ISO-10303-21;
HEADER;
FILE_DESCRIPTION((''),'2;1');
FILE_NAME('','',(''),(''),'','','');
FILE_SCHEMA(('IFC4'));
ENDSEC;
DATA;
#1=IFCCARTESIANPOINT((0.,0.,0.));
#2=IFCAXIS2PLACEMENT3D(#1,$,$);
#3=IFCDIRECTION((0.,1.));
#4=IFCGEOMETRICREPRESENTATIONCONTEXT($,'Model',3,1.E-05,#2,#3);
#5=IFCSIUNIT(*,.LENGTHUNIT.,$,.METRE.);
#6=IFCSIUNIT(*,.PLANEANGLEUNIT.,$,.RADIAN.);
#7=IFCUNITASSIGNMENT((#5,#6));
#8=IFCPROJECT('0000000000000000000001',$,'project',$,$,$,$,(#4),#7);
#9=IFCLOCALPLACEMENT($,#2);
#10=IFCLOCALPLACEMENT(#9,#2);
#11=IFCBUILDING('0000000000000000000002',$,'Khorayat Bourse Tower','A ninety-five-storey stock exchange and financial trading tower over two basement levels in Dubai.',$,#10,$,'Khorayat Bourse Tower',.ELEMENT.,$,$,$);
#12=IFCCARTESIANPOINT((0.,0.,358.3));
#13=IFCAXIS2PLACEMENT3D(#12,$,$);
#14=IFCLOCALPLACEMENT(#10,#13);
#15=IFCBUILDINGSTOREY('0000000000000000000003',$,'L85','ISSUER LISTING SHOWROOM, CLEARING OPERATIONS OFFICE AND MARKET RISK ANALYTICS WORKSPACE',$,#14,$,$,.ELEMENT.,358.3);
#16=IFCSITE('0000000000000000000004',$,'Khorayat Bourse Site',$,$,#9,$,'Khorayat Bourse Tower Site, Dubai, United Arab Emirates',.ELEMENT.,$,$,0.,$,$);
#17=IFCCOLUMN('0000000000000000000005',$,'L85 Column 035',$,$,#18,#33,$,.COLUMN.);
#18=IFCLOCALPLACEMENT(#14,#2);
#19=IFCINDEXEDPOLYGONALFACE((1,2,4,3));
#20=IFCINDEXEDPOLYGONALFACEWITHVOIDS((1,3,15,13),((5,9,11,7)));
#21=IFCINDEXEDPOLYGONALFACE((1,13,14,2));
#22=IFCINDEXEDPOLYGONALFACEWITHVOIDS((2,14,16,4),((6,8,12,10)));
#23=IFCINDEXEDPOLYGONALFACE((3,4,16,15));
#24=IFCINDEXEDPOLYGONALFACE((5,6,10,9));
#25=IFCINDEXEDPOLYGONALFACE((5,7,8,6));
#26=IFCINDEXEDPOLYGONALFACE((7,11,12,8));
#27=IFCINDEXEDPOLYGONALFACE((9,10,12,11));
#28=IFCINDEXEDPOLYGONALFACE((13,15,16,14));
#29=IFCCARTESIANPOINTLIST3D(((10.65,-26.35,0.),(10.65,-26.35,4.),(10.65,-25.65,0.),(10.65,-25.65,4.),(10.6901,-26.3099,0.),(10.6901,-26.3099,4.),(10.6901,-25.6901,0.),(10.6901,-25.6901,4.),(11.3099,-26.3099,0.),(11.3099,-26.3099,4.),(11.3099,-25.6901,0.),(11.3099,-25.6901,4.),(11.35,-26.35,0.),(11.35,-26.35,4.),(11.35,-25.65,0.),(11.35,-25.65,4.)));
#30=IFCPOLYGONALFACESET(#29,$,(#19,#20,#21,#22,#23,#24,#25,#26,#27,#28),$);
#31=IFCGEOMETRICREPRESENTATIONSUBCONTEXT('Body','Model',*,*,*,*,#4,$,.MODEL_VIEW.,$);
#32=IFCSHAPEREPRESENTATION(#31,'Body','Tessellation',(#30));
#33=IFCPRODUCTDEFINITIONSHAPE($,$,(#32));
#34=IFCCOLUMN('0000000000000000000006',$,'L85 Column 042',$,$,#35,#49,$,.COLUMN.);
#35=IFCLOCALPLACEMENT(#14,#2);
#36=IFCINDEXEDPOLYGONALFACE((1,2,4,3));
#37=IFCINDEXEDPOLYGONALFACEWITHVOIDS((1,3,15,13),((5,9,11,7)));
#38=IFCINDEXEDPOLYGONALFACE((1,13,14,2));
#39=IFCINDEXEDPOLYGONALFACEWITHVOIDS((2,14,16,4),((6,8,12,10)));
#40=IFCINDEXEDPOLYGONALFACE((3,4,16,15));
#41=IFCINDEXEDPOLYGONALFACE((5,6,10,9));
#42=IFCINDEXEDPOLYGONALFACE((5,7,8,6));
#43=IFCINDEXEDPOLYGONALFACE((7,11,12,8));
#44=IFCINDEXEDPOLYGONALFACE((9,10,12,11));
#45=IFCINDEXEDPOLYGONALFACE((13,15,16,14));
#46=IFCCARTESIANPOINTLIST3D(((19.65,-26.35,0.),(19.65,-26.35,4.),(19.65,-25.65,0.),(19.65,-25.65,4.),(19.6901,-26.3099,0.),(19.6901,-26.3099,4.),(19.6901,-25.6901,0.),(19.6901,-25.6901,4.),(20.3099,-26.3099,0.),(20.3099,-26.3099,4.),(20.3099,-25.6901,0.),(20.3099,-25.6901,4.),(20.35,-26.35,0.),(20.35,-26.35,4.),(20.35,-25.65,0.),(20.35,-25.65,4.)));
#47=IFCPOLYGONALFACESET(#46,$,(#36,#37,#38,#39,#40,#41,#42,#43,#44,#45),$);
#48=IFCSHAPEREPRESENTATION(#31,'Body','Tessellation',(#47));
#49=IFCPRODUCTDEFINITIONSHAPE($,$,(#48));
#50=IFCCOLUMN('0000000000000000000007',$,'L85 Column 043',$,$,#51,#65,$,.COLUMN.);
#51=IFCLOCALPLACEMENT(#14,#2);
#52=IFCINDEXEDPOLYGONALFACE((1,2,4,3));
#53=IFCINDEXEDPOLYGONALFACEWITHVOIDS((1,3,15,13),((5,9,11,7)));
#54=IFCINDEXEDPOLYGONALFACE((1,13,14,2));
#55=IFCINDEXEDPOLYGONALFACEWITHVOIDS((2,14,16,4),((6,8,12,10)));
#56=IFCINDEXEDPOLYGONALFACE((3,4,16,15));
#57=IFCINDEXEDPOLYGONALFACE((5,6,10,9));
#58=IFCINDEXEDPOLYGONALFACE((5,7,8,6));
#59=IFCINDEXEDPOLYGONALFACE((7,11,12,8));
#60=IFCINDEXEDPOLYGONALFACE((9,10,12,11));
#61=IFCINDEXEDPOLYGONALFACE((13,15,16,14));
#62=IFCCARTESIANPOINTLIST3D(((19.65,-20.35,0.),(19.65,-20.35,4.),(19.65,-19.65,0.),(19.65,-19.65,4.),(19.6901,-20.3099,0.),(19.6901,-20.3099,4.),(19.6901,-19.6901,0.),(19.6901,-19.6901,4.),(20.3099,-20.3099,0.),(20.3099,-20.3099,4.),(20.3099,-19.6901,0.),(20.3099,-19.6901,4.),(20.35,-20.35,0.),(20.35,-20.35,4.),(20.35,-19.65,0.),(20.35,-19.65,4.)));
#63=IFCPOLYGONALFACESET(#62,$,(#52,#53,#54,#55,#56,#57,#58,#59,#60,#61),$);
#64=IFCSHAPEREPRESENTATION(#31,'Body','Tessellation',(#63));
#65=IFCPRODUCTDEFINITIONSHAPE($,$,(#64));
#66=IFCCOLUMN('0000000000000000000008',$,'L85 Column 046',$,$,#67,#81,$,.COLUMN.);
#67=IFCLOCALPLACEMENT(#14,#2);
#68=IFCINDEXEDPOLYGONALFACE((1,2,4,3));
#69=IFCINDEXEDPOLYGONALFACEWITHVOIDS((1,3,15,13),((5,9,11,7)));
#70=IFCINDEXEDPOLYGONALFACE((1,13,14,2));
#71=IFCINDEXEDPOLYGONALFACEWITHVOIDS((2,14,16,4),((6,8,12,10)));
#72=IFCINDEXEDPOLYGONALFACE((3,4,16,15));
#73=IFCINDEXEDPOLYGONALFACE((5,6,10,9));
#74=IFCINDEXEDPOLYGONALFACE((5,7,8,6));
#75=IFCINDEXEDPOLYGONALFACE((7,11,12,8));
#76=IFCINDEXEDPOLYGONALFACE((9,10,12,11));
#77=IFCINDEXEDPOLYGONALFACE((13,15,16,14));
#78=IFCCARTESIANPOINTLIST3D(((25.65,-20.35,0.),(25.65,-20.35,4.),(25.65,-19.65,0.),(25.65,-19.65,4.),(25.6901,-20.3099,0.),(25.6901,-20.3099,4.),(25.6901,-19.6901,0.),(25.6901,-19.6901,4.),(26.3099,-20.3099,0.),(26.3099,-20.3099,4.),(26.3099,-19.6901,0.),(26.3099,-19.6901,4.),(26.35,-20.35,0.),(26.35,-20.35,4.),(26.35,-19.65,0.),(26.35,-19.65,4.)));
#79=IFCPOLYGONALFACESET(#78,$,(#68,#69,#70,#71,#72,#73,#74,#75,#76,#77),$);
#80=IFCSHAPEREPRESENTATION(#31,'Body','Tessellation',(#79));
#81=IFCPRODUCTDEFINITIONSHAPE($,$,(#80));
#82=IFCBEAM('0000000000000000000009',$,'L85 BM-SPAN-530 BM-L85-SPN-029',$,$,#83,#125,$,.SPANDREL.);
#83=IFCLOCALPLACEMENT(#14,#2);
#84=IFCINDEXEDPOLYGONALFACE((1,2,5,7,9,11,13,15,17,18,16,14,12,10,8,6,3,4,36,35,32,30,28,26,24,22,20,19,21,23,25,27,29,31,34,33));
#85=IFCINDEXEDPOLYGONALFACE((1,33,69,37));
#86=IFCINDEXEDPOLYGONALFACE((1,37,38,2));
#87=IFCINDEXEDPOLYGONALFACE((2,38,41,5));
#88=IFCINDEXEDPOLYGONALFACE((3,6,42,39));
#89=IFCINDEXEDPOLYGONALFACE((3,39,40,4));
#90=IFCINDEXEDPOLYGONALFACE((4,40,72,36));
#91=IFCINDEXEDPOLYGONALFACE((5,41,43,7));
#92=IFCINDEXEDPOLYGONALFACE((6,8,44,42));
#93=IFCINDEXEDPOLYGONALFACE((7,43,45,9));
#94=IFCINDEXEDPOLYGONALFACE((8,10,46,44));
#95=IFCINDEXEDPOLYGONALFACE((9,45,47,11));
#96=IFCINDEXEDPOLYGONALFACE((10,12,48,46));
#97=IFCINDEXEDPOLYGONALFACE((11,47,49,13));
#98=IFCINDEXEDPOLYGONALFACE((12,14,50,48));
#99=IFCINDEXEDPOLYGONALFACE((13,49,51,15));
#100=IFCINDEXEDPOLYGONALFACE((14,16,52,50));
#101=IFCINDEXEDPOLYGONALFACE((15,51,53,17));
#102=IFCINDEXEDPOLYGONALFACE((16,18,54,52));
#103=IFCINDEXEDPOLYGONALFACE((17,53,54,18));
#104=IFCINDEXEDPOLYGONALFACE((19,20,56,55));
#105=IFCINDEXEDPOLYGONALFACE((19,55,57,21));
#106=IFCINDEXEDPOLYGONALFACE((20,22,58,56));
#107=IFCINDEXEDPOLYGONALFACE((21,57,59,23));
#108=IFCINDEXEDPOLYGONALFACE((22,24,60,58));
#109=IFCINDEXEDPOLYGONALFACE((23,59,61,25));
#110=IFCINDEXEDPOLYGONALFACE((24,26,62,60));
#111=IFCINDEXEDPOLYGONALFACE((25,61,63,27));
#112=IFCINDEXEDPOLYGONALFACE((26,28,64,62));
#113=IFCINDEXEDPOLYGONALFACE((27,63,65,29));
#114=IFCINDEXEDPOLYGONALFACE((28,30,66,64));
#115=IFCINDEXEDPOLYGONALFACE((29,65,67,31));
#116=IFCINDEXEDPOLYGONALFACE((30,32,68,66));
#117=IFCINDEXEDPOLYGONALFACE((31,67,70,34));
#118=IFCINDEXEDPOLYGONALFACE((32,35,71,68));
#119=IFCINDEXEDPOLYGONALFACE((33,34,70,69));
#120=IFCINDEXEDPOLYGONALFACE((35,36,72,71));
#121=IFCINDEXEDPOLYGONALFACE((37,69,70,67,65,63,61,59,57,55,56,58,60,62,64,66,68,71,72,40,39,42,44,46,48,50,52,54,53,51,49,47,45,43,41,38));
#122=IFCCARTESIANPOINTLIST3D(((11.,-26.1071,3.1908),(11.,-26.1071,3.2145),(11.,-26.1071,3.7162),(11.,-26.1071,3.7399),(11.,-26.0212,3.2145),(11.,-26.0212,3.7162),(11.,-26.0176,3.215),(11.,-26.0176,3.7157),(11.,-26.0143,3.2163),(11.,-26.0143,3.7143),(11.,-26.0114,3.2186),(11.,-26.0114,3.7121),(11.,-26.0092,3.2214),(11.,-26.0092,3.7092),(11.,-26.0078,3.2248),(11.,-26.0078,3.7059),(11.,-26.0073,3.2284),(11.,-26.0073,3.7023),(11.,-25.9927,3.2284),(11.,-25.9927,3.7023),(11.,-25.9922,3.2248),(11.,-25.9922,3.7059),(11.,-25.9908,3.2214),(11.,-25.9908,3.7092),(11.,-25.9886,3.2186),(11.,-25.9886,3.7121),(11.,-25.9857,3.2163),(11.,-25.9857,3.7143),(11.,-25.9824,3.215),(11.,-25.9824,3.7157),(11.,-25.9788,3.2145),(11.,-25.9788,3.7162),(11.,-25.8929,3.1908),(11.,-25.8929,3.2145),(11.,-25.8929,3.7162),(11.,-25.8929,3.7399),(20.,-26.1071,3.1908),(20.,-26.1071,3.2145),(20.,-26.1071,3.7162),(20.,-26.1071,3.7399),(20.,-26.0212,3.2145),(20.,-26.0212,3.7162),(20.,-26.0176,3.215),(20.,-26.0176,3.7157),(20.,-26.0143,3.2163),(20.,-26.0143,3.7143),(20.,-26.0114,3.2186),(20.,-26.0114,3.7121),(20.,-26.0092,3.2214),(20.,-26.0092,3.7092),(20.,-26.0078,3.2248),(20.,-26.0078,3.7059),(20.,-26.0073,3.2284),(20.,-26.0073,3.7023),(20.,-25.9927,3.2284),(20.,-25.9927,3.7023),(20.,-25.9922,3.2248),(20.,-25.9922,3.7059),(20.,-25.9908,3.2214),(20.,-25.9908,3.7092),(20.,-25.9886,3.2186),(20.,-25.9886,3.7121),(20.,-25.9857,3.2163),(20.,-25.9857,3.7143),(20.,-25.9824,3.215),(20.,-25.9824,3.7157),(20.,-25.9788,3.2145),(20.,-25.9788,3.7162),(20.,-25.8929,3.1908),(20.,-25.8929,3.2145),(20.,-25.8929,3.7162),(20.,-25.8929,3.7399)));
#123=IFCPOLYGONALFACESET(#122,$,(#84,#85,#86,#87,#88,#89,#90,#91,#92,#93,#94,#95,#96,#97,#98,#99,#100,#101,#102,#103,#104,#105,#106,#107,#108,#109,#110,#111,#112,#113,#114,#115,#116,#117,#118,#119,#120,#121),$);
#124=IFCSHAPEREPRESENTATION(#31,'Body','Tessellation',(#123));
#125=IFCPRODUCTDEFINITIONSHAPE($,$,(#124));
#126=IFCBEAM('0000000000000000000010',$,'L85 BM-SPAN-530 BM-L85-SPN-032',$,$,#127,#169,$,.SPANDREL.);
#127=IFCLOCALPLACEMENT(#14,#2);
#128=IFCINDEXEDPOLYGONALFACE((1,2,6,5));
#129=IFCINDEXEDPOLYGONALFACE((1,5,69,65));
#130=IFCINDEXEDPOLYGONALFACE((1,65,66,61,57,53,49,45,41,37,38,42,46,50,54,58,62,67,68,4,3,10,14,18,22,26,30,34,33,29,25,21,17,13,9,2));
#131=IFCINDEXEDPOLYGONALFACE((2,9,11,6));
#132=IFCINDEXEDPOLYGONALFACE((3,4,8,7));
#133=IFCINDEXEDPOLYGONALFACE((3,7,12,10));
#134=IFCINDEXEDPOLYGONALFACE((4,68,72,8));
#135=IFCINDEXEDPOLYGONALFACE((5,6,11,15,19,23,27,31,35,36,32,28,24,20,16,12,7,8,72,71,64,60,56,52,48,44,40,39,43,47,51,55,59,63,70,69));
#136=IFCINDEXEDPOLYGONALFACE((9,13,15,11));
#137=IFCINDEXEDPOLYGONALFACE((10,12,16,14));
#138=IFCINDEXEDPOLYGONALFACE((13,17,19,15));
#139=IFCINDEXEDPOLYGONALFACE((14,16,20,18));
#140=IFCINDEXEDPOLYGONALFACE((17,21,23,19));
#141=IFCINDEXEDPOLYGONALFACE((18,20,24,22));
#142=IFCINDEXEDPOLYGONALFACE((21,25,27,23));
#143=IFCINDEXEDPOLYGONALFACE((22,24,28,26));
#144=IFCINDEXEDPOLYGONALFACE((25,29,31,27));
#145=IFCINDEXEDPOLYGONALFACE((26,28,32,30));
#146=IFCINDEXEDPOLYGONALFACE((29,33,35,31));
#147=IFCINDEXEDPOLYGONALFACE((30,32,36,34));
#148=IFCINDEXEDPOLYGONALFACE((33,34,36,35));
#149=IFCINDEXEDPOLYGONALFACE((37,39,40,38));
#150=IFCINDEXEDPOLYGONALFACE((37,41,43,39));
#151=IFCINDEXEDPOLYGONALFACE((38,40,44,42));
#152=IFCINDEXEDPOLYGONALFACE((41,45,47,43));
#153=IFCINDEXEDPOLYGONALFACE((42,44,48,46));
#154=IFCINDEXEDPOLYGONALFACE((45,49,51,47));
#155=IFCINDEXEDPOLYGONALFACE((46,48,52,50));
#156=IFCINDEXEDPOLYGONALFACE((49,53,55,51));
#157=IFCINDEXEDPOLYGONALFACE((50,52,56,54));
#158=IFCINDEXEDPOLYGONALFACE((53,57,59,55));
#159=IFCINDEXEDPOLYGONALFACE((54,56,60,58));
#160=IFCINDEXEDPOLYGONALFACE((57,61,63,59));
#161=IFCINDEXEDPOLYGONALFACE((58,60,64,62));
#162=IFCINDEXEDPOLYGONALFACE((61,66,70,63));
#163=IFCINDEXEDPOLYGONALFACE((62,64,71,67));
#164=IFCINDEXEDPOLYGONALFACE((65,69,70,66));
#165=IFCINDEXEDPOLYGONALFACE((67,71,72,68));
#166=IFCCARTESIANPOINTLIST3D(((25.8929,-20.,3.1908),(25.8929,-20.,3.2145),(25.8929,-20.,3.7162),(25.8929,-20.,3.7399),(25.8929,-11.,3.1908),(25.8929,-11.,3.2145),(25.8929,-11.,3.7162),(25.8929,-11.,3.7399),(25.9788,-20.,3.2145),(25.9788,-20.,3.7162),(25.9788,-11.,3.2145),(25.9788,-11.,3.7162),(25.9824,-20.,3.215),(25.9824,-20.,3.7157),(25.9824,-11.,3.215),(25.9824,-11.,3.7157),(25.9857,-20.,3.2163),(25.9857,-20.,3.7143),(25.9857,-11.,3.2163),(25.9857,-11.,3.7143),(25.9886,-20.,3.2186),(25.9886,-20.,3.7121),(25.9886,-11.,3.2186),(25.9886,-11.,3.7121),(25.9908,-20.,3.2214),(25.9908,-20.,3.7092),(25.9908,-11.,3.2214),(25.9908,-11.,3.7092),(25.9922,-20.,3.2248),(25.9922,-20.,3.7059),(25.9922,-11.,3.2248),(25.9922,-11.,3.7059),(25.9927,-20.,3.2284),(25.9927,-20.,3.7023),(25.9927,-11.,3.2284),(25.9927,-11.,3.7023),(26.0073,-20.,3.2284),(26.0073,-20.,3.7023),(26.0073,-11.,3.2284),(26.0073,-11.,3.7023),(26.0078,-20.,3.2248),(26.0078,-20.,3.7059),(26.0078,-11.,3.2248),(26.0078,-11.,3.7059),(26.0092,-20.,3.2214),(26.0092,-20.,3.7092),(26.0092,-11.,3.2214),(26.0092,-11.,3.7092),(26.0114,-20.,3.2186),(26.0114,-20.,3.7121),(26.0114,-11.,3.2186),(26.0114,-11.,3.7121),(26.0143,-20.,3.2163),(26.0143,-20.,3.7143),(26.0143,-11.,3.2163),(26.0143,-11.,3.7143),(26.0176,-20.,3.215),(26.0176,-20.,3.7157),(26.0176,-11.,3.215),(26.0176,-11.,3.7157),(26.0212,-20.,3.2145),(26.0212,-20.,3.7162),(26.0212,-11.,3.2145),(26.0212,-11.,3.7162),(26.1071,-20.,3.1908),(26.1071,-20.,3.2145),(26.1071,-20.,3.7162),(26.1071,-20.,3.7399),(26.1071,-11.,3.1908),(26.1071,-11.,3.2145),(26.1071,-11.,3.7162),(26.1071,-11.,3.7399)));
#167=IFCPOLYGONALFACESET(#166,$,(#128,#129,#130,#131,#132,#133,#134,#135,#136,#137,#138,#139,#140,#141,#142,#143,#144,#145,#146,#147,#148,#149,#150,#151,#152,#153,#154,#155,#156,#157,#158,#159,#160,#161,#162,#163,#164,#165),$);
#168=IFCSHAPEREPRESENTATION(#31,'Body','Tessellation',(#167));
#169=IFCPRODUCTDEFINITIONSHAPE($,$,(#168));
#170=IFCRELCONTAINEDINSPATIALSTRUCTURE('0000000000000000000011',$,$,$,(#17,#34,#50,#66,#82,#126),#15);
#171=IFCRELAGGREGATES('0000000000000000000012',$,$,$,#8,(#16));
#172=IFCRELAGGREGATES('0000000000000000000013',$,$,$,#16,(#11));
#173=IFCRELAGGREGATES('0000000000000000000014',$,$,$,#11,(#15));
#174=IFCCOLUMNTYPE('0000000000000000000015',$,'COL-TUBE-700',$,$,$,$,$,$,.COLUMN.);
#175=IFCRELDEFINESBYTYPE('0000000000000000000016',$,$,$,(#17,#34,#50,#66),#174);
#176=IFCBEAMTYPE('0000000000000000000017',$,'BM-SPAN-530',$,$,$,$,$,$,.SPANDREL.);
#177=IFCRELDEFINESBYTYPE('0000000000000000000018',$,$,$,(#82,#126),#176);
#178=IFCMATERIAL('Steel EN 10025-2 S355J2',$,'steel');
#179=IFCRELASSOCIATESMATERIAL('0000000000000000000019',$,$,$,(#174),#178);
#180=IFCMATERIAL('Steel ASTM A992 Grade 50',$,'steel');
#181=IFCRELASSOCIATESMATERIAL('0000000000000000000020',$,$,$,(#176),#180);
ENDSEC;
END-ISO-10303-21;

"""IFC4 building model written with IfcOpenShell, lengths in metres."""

from ifc_helpers import new_model, si_unit, direction, frame, origin, origin_2d, place, context, subcontext, project, spatial, hollow_rectangle, i_section, extrude, source, transform, mapped, material, material_profile, profile_set, type_object, element, save


model = new_model("IFC4")

# Units and contexts
model_context = context("Model", 3, precision=1e-05, world=origin(), true_north=direction((0.0, 1.0)))
body_context = subcontext(model_context, "Body", "Model", "MODEL_VIEW")
ifc_project = project(units=[si_unit("LENGTHUNIT", "METRE"), si_unit("PLANEANGLEUNIT", "RADIAN")], contexts=[model_context])

# Site, building, storey
site_placement = place(None, origin())
site = spatial("IfcSite", under=ifc_project, at=site_placement, Name="Khorayat Bourse Site", LongName="Khorayat Bourse Tower Site, Dubai, United Arab Emirates", CompositionType="ELEMENT", RefElevation=0.0)
building_placement = place(site_placement, origin())
building = spatial("IfcBuilding", under=site, at=building_placement, Name="Khorayat Bourse Tower", Description="A ninety-five-storey stock exchange and financial trading tower over two basement levels in Dubai.", LongName="Khorayat Bourse Tower", CompositionType="ELEMENT")
storey_placement = place(building_placement, frame((0.0, 0.0, 358.3)))
storey = spatial("IfcBuildingStorey", under=building, at=storey_placement, Name="L85", Description="ISSUER LISTING SHOWROOM, CLEARING OPERATIONS OFFICE AND MARKET RISK ANALYTICS WORKSPACE", CompositionType="ELEMENT", Elevation=358.3)

# Columns
ifc_material_1 = material(Name="Steel EN 10025-2 S355J2", Category="steel")
ifc_material_profile_1 = material_profile(ifc_material_1, hollow_rectangle(XDim=0.7, YDim=0.7, WallThickness=0.04, at=origin_2d()), Name="BOX 700x700x40")
ifc_profile_set_1 = profile_set([ifc_material_profile_1], Name="Steel EN 10025-2 S355J2")
column_type = type_object("IfcColumnType", Name="COL-TUBE-700", PredefinedType="COLUMN", material=ifc_profile_set_1)
shared_shape_1 = source(origin(), body_context, "Body", "SweptSolid", [
    extrude(hollow_rectangle(XDim=0.7, YDim=0.7, WallThickness=0.04, at=origin_2d()), origin(), (0.0, 0.0, 1.0), 4.0),
])
for number, where, z_axis, x_axis, name in (
    (1, (11.0, -26.0, 0.0), (0.0, 0.0, 1.0), (1.0, 0.0, 0.0), "L85 Column 035"),
    (2, (20.0, -26.0, 0.0), (0.0, 0.0, 1.0), (1.0, 0.0, 0.0), "L85 Column 042"),
    (3, (20.0, -20.0, 0.0), (0.0, 0.0, 1.0), (1.0, 0.0, 0.0), "L85 Column 043"),
    (4, (26.0, -20.0, 0.0), (0.0, 0.0, 1.0), (1.0, 0.0, 0.0), "L85 Column 046"),
):
    element("IfcColumn", number, at=place(storey_placement, frame(where, z_axis=z_axis, x_axis=x_axis)), inside=storey, type_object=column_type, Name=name, PredefinedType="COLUMN", context=body_context, shape_type="MappedRepresentation", body=[
        mapped(shared_shape_1, transform((0.0, 0.0, 0.0), scale=1.0)),
    ])

# Beams
ifc_material_2 = material(Name="Steel ASTM A992 Grade 50", Category="steel")
ifc_material_profile_2 = material_profile(ifc_material_2, i_section(OverallWidth=0.2141, OverallDepth=0.5491, WebThickness=0.0146, FlangeThickness=0.0237, FilletRadius=0.0139, at=origin_2d()), Name="W530X138")
ifc_profile_set_2 = profile_set([ifc_material_profile_2], Name="Steel ASTM A992 Grade 50")
beam_type_1 = type_object("IfcBeamType", Name="BM-SPAN-530", PredefinedType="SPANDREL", material=ifc_profile_set_2)
shared_shape_2 = source(origin(), body_context, "Body", "SweptSolid", [
    extrude(i_section(OverallWidth=0.2141, OverallDepth=0.5491, WebThickness=0.0146, FlangeThickness=0.0237, FilletRadius=0.0139, at=origin_2d()), origin(), (0.0, 0.0, 1.0), 9.0),
])
for number, where, z_axis, x_axis, name in (
    (5, (11.0, -26.0, 3.4653), (1.0, 0.0, 0.0), (0.0, 1.0, 0.0), "L85 BM-SPAN-530 BM-L85-SPN-029"),
    (6, (26.0, -20.0, 3.4653), (0.0, 1.0, 0.0), (-1.0, 0.0, 0.0), "L85 BM-SPAN-530 BM-L85-SPN-032"),
):
    element("IfcBeam", number, at=place(storey_placement, frame(where, z_axis=z_axis, x_axis=x_axis)), inside=storey, type_object=beam_type_1, Name=name, PredefinedType="SPANDREL", context=body_context, shape_type="MappedRepresentation", body=[
        mapped(shared_shape_2, transform((0.0, 0.0, 0.0), scale=1.0)),
    ])

save(model, "model.ifc")
